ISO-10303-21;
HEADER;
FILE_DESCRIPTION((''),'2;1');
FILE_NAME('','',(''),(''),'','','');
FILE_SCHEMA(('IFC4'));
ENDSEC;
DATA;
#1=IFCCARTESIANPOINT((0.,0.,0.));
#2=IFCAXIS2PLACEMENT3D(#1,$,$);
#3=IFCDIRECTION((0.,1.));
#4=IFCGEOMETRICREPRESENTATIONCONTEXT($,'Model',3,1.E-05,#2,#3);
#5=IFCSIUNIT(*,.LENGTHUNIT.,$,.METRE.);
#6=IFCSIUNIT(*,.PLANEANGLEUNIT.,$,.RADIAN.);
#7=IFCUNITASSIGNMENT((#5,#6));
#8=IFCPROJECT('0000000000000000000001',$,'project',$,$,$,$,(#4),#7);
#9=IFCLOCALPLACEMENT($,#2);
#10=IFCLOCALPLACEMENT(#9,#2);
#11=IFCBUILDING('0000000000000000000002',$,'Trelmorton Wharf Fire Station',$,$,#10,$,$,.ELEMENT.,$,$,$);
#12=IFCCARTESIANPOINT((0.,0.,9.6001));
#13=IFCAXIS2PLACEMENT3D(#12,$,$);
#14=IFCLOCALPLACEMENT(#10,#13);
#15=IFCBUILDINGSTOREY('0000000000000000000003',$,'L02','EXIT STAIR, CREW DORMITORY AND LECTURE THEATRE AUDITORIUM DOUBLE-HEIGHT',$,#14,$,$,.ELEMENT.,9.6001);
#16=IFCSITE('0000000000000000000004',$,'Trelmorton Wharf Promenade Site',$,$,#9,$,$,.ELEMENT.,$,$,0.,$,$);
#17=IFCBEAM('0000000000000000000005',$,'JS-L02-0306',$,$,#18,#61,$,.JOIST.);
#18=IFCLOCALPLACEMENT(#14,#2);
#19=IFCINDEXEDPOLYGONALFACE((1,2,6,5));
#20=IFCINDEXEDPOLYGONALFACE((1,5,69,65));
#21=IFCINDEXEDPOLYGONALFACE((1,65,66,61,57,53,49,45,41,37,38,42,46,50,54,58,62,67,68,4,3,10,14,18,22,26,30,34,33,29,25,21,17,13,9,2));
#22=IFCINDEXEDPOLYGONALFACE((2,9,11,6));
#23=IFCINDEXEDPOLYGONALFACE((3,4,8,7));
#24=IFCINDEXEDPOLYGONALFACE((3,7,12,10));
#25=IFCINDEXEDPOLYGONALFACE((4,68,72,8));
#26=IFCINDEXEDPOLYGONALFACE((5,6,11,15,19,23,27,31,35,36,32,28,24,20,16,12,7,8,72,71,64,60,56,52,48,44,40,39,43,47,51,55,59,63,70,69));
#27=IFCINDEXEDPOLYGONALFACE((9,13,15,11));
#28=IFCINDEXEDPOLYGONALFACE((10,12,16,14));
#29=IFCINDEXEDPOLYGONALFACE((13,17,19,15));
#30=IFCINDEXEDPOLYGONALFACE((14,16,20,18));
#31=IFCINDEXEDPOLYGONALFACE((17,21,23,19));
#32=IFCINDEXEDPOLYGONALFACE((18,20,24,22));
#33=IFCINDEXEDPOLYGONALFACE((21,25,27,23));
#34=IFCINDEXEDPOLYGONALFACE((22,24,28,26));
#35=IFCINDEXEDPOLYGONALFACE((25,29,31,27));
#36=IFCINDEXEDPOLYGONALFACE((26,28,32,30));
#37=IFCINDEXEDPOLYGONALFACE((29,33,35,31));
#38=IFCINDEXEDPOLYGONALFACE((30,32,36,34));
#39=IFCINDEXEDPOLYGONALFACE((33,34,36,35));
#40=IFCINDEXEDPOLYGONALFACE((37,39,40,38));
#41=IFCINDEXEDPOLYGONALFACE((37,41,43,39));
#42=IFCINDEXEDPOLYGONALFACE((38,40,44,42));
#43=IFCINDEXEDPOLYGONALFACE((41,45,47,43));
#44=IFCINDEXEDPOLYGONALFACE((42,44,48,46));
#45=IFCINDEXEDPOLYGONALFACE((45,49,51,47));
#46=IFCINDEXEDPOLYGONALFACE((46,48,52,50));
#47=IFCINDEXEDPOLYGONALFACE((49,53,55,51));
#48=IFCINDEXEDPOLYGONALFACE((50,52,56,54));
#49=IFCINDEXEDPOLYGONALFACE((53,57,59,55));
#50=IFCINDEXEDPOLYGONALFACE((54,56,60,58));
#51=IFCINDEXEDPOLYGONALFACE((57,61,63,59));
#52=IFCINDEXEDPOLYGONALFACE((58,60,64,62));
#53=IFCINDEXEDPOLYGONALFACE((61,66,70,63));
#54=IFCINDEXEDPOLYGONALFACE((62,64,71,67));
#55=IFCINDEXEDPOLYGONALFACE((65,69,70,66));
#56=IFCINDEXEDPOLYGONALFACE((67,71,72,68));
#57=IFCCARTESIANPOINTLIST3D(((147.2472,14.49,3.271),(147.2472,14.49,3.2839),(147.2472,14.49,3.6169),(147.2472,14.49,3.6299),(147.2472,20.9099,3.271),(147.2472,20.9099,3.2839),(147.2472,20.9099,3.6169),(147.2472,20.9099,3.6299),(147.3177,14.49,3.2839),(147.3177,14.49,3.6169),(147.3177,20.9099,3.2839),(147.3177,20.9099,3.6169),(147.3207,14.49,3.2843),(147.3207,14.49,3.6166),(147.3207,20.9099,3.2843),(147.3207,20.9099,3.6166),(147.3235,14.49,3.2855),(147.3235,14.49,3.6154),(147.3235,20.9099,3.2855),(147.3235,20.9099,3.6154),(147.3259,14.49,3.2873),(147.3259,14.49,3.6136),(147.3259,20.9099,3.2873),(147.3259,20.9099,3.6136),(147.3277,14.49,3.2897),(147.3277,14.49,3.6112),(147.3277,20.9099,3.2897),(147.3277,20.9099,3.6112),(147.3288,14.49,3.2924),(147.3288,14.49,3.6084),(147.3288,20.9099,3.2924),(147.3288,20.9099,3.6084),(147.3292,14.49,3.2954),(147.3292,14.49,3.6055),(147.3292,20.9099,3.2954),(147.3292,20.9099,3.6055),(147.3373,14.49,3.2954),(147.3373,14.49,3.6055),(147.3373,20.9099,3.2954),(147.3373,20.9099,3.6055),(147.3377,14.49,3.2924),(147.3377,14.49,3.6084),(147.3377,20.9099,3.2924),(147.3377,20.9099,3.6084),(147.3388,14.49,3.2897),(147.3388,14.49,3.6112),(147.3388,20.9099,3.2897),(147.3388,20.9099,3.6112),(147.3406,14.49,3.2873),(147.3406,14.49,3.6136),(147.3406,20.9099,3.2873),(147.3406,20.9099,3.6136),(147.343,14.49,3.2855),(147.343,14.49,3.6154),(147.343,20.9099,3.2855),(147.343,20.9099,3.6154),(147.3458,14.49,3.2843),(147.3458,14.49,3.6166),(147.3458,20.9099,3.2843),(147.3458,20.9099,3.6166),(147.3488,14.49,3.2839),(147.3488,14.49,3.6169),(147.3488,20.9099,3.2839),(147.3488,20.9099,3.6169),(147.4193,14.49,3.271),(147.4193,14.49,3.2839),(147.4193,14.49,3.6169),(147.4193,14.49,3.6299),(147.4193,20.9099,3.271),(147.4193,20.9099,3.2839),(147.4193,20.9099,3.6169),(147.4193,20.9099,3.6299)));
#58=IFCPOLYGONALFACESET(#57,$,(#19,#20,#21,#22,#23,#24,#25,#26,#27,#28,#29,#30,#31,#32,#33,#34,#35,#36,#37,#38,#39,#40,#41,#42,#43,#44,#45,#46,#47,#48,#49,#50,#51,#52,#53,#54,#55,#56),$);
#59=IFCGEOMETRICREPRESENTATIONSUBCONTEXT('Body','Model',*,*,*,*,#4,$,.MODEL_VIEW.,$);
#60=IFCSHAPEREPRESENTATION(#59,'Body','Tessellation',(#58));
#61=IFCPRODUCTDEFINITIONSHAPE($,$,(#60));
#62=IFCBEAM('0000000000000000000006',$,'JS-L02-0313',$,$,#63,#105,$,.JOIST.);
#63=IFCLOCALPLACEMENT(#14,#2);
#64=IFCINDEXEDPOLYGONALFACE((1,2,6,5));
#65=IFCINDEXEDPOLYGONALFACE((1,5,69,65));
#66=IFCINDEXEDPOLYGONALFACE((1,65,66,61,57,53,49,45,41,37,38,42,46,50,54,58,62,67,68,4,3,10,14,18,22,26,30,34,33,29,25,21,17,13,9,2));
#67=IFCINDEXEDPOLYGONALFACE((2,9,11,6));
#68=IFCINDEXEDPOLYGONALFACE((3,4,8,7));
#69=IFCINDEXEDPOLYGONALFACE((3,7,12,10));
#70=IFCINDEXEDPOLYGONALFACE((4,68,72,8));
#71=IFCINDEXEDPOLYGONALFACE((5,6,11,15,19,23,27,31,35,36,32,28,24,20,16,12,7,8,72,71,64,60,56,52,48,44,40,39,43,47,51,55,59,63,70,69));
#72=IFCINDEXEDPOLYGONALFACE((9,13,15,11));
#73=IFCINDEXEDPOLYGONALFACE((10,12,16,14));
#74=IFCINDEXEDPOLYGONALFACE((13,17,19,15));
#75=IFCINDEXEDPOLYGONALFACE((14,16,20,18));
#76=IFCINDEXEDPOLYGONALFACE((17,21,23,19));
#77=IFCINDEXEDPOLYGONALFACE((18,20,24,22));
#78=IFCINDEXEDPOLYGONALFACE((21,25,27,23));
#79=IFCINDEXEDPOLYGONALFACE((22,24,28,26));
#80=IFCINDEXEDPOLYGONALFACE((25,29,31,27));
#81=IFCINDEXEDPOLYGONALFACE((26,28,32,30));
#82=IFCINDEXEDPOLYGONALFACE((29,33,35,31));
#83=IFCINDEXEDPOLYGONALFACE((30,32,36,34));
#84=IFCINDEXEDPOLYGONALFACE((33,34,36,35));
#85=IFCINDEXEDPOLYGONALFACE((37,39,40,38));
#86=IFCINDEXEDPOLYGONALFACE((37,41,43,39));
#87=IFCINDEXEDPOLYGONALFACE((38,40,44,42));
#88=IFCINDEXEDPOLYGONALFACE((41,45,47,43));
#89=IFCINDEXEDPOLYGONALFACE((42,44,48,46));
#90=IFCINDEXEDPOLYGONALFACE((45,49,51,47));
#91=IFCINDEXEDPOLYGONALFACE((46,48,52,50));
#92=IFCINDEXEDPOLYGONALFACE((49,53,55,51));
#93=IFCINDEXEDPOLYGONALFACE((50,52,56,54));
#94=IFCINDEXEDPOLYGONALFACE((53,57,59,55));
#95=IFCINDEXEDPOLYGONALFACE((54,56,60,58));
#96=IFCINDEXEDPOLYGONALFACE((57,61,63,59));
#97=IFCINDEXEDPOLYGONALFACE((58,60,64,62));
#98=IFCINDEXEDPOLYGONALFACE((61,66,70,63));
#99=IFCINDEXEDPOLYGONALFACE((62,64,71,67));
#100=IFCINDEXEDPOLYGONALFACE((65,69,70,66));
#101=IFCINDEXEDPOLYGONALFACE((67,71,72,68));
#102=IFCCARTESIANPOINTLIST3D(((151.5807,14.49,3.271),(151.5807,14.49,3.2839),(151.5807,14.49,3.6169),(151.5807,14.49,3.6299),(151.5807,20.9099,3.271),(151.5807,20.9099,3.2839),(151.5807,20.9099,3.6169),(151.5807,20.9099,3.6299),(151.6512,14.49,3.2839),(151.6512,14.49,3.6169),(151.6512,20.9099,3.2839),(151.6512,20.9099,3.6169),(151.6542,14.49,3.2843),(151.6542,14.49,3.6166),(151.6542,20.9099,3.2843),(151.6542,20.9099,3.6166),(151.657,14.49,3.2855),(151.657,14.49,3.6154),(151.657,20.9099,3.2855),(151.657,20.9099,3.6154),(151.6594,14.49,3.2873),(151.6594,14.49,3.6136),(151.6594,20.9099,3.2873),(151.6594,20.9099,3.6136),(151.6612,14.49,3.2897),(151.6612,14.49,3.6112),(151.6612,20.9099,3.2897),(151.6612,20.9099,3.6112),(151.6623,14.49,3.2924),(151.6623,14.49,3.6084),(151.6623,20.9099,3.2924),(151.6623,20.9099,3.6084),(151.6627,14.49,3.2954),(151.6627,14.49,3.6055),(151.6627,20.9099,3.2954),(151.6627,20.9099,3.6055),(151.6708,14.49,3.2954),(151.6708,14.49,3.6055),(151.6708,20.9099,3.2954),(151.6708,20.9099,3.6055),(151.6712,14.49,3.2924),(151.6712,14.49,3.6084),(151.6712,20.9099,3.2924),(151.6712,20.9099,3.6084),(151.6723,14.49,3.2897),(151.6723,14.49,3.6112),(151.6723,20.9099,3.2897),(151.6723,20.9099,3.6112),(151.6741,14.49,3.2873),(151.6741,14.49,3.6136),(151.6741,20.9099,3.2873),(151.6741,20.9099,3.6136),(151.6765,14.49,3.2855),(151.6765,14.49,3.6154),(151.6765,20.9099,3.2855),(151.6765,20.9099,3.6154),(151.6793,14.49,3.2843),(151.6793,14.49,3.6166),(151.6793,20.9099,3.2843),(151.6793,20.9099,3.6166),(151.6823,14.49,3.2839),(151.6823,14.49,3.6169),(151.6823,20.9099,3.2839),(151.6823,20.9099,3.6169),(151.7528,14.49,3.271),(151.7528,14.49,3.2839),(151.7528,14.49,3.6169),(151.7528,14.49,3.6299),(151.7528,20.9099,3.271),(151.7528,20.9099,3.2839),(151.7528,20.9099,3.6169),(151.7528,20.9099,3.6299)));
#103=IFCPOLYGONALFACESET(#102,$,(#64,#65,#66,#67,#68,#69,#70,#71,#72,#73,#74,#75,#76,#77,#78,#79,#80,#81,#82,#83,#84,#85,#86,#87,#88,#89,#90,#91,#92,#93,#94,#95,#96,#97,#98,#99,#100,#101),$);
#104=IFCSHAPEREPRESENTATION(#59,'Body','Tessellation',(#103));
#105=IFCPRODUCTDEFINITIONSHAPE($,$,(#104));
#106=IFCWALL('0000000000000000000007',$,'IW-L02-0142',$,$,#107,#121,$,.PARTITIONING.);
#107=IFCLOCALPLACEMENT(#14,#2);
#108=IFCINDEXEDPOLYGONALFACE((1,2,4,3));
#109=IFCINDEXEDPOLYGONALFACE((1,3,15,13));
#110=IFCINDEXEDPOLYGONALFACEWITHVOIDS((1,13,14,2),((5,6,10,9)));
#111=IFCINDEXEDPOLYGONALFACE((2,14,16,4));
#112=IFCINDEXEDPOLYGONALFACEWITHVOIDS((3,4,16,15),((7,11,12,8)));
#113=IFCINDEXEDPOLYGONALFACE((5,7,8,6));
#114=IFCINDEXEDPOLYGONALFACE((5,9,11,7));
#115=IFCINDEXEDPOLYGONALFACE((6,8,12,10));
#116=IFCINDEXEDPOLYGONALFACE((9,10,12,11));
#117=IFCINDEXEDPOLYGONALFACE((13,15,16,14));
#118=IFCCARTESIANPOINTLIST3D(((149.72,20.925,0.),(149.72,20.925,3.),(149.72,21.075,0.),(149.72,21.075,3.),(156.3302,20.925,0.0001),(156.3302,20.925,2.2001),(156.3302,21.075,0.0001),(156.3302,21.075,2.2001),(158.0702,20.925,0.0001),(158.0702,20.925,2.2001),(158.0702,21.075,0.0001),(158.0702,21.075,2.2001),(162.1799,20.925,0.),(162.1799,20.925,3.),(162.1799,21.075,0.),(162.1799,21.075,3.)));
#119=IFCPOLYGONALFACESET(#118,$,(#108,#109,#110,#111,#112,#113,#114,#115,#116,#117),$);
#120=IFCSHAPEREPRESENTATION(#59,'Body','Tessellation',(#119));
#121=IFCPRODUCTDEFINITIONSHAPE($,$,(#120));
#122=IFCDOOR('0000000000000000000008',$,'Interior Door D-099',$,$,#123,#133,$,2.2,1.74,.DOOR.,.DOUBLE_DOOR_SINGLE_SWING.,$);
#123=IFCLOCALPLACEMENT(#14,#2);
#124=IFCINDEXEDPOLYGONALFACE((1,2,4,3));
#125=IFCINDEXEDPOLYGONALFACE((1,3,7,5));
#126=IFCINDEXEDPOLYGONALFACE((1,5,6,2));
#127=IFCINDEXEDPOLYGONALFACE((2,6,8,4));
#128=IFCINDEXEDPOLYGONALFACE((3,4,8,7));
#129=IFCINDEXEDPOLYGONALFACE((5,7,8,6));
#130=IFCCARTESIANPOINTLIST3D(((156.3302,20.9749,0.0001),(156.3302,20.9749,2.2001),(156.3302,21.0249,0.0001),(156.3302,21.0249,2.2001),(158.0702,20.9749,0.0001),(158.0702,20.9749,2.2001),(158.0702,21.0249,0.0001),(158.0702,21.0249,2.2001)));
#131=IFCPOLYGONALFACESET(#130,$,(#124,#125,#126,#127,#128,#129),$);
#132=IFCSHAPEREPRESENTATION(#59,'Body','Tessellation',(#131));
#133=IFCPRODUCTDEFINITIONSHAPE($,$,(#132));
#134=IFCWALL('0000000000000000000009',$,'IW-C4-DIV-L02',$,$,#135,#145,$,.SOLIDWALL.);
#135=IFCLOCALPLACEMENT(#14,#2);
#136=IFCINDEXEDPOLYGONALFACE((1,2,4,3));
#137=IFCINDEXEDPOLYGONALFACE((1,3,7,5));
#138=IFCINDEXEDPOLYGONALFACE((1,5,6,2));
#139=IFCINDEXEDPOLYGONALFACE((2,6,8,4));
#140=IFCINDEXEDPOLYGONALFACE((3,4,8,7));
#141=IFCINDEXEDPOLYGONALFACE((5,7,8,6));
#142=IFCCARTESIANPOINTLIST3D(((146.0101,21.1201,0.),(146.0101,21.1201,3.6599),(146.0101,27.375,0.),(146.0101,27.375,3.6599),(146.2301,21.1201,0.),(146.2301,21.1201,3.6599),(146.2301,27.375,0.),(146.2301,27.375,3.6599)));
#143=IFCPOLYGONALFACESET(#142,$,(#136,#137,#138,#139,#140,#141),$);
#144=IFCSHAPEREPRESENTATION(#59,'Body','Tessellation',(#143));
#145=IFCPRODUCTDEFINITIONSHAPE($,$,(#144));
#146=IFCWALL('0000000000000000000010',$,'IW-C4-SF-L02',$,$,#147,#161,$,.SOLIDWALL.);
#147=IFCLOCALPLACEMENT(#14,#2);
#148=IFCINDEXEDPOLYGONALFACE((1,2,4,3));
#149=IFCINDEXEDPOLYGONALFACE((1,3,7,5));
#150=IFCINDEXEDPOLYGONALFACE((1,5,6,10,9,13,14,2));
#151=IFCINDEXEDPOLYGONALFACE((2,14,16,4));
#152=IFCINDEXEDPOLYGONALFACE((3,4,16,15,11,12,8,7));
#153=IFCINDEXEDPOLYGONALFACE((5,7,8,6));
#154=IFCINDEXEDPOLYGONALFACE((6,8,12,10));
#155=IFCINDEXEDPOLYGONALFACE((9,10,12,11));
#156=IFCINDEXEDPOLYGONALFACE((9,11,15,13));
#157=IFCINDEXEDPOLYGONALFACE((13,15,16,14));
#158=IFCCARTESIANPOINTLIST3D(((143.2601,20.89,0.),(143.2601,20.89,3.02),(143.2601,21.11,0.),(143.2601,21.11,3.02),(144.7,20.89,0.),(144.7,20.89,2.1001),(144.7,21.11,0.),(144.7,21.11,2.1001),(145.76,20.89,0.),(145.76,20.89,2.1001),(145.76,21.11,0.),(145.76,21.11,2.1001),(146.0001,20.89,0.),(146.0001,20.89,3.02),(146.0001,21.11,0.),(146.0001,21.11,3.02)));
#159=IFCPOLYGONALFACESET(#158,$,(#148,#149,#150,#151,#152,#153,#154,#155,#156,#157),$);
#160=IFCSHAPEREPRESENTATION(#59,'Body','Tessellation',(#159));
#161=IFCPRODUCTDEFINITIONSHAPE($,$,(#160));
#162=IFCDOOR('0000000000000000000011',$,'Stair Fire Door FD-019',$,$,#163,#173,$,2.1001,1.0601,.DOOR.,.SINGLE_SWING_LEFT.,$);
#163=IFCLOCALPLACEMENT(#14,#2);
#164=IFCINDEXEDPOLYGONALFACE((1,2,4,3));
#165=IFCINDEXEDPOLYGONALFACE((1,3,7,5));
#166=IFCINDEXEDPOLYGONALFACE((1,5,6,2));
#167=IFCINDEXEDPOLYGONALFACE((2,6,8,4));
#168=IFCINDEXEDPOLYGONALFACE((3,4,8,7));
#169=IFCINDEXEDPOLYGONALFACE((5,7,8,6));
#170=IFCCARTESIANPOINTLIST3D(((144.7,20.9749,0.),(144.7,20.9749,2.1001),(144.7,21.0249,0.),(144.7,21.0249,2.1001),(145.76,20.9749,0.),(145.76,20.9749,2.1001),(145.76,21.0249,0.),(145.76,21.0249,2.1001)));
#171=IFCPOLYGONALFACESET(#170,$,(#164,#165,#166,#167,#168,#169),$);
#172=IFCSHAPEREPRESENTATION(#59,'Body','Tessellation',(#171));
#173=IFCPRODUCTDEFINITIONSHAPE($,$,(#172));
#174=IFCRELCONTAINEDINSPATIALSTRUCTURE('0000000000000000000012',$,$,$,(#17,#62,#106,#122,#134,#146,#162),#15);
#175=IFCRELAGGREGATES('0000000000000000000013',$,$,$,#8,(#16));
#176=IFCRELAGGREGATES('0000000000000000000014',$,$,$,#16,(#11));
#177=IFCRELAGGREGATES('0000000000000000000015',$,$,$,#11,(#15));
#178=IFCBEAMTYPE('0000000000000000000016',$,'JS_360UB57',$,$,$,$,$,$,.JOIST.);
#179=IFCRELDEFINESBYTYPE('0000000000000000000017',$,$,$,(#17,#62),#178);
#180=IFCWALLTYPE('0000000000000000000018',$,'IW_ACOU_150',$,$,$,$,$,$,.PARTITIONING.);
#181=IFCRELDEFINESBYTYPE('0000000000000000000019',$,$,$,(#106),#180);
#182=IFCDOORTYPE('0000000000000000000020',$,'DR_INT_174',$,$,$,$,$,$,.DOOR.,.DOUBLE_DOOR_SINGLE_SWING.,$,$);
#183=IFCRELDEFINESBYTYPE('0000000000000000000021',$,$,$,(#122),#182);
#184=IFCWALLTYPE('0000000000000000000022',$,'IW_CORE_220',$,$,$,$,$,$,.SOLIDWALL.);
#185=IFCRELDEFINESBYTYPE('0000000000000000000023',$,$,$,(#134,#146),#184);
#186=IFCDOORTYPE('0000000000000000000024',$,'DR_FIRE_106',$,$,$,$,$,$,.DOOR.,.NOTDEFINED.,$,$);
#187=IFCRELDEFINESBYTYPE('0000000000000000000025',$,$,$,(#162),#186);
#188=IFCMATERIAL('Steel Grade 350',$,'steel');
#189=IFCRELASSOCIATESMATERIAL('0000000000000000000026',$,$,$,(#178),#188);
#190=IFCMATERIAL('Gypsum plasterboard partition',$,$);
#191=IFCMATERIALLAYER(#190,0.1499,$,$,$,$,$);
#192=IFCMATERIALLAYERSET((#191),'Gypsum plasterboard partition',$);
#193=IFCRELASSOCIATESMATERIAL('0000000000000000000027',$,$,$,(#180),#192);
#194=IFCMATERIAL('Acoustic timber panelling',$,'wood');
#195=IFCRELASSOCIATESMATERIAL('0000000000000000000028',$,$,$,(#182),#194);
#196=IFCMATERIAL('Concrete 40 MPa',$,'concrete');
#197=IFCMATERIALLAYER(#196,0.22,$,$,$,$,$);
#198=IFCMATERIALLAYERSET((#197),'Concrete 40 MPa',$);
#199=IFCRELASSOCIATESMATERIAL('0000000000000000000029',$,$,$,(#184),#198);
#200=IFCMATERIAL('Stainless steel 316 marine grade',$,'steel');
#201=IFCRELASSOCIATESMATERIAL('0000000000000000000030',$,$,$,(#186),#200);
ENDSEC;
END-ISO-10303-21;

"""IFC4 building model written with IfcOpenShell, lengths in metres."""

from ifc_helpers import new_model, si_unit, direction, frame, frame_2d, origin, origin_2d, place, context, subcontext, project, spatial, rectangle, i_section, extrude, material, layer, layer_set, material_profile, profile_set, type_object, element, fill, save


model = new_model("IFC4")

# Units and contexts
model_context = context("Model", 3, precision=1e-05, world=origin(), true_north=direction((0.0, 1.0)))
body_context = subcontext(model_context, "Body", "Model", "MODEL_VIEW")
ifc_project = project(units=[si_unit("LENGTHUNIT", "METRE"), si_unit("PLANEANGLEUNIT", "RADIAN")], contexts=[model_context])

# Site, building, storey
site_placement = place(None, origin())
site = spatial("IfcSite", under=ifc_project, at=site_placement, Name="Trelmorton Wharf Promenade Site", CompositionType="ELEMENT", RefElevation=0.0)
building_placement = place(site_placement, origin())
building = spatial("IfcBuilding", under=site, at=building_placement, Name="Trelmorton Wharf Fire Station", CompositionType="ELEMENT")
storey_placement = place(building_placement, frame((0.0, 0.0, 9.6001)))
storey = spatial("IfcBuildingStorey", under=building, at=storey_placement, Name="L02", Description="EXIT STAIR, CREW DORMITORY AND LECTURE THEATRE AUDITORIUM DOUBLE-HEIGHT", CompositionType="ELEMENT", Elevation=9.6001)

# Shared definitions
ifc_material_1 = material(Name="Steel Grade 350", Category="steel")

# Beams
ifc_material_profile_1 = material_profile(ifc_material_1, i_section(OverallWidth=0.1721, OverallDepth=0.3589, WebThickness=0.0081, FlangeThickness=0.0129, FilletRadius=0.0115, at=origin_2d()), Name="360UB56.7")
ifc_profile_set_1 = profile_set([ifc_material_profile_1], Name="Steel Grade 350")
beam_type_1 = type_object("IfcBeamType", Name="JS_360UB57", PredefinedType="JOIST", material=ifc_profile_set_1)
for number, where, z_axis, x_axis, name in (
    (1, (147.3333, 14.49, 3.4504), (0.0, 1.0, 0.0), (-1.0, 0.0, 0.0), "JS-L02-0306"),
    (2, (151.6667, 14.49, 3.4504), (0.0, 1.0, 0.0), (-1.0, 0.0, 0.0), "JS-L02-0313"),
):
    element("IfcBeam", number, at=place(storey_placement, frame(where, z_axis=z_axis, x_axis=x_axis)), inside=storey, type_object=beam_type_1, Name=name, PredefinedType="JOIST", context=body_context, shape_type="SweptSolid", body=[
        extrude(i_section(OverallWidth=0.1721, OverallDepth=0.3589, WebThickness=0.0081, FlangeThickness=0.0129, FilletRadius=0.0115, at=origin_2d()), origin(), (0.0, 0.0, 1.0), 6.4199),
    ])

# Wall, opening, door
ifc_material_2 = material(Name="Gypsum plasterboard partition")
ifc_layer_1 = layer(ifc_material_2, 0.1499)
ifc_layer_set_1 = layer_set([ifc_layer_1], Name="Gypsum plasterboard partition")
wall_type_1 = type_object("IfcWallType", Name="IW_ACOU_150", PredefinedType="PARTITIONING", material=ifc_layer_set_1)
wall_1_placement = place(storey_placement, frame((149.72, 21.0, 0.0), z_axis=(0.0, 0.0, 1.0), x_axis=(1.0, 0.0, 0.0)))
wall_1 = element("IfcWall", 3, at=wall_1_placement, inside=storey, type_object=wall_type_1, Name="IW-L02-0142", PredefinedType="PARTITIONING", context=body_context, shape_type="SweptSolid", body=[
    extrude(rectangle(XDim=12.46, YDim=0.1499, at=frame_2d((6.23, 0.0))), origin(), (0.0, 0.0, 1.0), 3.0),
])
opening_1_placement = place(wall_1_placement, frame((6.6101, 0.0, 0.0)))
opening_1 = element("IfcOpeningElement", 4, at=opening_1_placement, cuts=wall_1, PredefinedType="OPENING", context=body_context, shape_type="SweptSolid", body=[
    extrude(rectangle(XDim=1.74, YDim=2.2, at=frame_2d((0.8701, 1.1001))), frame((0.0, 0.085, 0.0), z_axis=(0.0, -1.0, 0.0), x_axis=(1.0, 0.0, 0.0)), (0.0, 0.0, 1.0), 0.1699),
])
ifc_material_3 = material(Name="Acoustic timber panelling", Category="wood")
door_type_1 = type_object("IfcDoorType", Name="DR_INT_174", OperationType="DOUBLE_DOOR_SINGLE_SWING", PredefinedType="DOOR", material=ifc_material_3)
door_1_placement = place(opening_1_placement, origin())
door_1 = element("IfcDoor", 5, at=door_1_placement, inside=storey, type_object=door_type_1, Name="Interior Door D-099", OperationType="DOUBLE_DOOR_SINGLE_SWING", OverallHeight=2.2, OverallWidth=1.74, PredefinedType="DOOR", context=body_context, shape_type="SweptSolid", body=[
    extrude(rectangle(XDim=1.74, YDim=2.2, at=frame_2d((0.8701, 1.1001))), frame((0.0, 0.0249, 0.0), z_axis=(0.0, -1.0, 0.0), x_axis=(1.0, 0.0, 0.0)), (0.0, 0.0, 1.0), 0.05),
])
fill(opening_1, door_1)

# Wall
ifc_material_4 = material(Name="Concrete 40 MPa", Category="concrete")
ifc_layer_2 = layer(ifc_material_4, 0.22)
ifc_layer_set_2 = layer_set([ifc_layer_2], Name="Concrete 40 MPa")
wall_type_2 = type_object("IfcWallType", Name="IW_CORE_220", PredefinedType="SOLIDWALL", material=ifc_layer_set_2)
wall_2_placement = place(storey_placement, frame((146.1201, 21.1201, 0.0), z_axis=(0.0, 0.0, 1.0), x_axis=(0.0, 1.0, 0.0)))
element("IfcWall", 6, at=wall_2_placement, inside=storey, type_object=wall_type_2, Name="IW-C4-DIV-L02", PredefinedType="SOLIDWALL", context=body_context, shape_type="SweptSolid", body=[
    extrude(rectangle(XDim=6.2549, YDim=0.22, at=frame_2d((3.1274, 0.0))), origin(), (0.0, 0.0, 1.0), 3.6599),
])

# Wall, opening, door
wall_3_placement = place(storey_placement, frame((143.26, 21.0, 0.0), z_axis=(0.0, 0.0, 1.0), x_axis=(1.0, 0.0, 0.0)))
wall_3 = element("IfcWall", 7, at=wall_3_placement, inside=storey, type_object=wall_type_2, Name="IW-C4-SF-L02", PredefinedType="SOLIDWALL", context=body_context, shape_type="SweptSolid", body=[
    extrude(rectangle(XDim=2.74, YDim=0.22, at=frame_2d((1.3701, 0.0))), origin(), (0.0, 0.0, 1.0), 3.02),
])
opening_2_placement = place(wall_3_placement, frame((1.4399, 0.0, 0.0)))
opening_2 = element("IfcOpeningElement", 8, at=opening_2_placement, cuts=wall_3, PredefinedType="OPENING", context=body_context, shape_type="SweptSolid", body=[
    extrude(rectangle(XDim=1.0601, YDim=2.1001, at=frame_2d((0.53, 1.05))), frame((0.0, 0.1201, 0.0), z_axis=(0.0, -1.0, 0.0), x_axis=(1.0, 0.0, 0.0)), (0.0, 0.0, 1.0), 0.24),
])
ifc_material_5 = material(Name="Stainless steel 316 marine grade", Category="steel")
door_type_2 = type_object("IfcDoorType", Name="DR_FIRE_106", OperationType="NOTDEFINED", PredefinedType="DOOR", material=ifc_material_5)
door_2_placement = place(opening_2_placement, origin())
door_2 = element("IfcDoor", 9, at=door_2_placement, inside=storey, type_object=door_type_2, Name="Stair Fire Door FD-019", OperationType="SINGLE_SWING_LEFT", OverallHeight=2.1001, OverallWidth=1.0601, PredefinedType="DOOR", context=body_context, shape_type="SweptSolid", body=[
    extrude(rectangle(XDim=1.0601, YDim=2.1001, at=frame_2d((0.53, 1.05))), frame((0.0, 0.0249, 0.0), z_axis=(0.0, -1.0, 0.0), x_axis=(1.0, 0.0, 0.0)), (0.0, 0.0, 1.0), 0.05),
])
fill(opening_2, door_2)

save(model, "model.ifc")
